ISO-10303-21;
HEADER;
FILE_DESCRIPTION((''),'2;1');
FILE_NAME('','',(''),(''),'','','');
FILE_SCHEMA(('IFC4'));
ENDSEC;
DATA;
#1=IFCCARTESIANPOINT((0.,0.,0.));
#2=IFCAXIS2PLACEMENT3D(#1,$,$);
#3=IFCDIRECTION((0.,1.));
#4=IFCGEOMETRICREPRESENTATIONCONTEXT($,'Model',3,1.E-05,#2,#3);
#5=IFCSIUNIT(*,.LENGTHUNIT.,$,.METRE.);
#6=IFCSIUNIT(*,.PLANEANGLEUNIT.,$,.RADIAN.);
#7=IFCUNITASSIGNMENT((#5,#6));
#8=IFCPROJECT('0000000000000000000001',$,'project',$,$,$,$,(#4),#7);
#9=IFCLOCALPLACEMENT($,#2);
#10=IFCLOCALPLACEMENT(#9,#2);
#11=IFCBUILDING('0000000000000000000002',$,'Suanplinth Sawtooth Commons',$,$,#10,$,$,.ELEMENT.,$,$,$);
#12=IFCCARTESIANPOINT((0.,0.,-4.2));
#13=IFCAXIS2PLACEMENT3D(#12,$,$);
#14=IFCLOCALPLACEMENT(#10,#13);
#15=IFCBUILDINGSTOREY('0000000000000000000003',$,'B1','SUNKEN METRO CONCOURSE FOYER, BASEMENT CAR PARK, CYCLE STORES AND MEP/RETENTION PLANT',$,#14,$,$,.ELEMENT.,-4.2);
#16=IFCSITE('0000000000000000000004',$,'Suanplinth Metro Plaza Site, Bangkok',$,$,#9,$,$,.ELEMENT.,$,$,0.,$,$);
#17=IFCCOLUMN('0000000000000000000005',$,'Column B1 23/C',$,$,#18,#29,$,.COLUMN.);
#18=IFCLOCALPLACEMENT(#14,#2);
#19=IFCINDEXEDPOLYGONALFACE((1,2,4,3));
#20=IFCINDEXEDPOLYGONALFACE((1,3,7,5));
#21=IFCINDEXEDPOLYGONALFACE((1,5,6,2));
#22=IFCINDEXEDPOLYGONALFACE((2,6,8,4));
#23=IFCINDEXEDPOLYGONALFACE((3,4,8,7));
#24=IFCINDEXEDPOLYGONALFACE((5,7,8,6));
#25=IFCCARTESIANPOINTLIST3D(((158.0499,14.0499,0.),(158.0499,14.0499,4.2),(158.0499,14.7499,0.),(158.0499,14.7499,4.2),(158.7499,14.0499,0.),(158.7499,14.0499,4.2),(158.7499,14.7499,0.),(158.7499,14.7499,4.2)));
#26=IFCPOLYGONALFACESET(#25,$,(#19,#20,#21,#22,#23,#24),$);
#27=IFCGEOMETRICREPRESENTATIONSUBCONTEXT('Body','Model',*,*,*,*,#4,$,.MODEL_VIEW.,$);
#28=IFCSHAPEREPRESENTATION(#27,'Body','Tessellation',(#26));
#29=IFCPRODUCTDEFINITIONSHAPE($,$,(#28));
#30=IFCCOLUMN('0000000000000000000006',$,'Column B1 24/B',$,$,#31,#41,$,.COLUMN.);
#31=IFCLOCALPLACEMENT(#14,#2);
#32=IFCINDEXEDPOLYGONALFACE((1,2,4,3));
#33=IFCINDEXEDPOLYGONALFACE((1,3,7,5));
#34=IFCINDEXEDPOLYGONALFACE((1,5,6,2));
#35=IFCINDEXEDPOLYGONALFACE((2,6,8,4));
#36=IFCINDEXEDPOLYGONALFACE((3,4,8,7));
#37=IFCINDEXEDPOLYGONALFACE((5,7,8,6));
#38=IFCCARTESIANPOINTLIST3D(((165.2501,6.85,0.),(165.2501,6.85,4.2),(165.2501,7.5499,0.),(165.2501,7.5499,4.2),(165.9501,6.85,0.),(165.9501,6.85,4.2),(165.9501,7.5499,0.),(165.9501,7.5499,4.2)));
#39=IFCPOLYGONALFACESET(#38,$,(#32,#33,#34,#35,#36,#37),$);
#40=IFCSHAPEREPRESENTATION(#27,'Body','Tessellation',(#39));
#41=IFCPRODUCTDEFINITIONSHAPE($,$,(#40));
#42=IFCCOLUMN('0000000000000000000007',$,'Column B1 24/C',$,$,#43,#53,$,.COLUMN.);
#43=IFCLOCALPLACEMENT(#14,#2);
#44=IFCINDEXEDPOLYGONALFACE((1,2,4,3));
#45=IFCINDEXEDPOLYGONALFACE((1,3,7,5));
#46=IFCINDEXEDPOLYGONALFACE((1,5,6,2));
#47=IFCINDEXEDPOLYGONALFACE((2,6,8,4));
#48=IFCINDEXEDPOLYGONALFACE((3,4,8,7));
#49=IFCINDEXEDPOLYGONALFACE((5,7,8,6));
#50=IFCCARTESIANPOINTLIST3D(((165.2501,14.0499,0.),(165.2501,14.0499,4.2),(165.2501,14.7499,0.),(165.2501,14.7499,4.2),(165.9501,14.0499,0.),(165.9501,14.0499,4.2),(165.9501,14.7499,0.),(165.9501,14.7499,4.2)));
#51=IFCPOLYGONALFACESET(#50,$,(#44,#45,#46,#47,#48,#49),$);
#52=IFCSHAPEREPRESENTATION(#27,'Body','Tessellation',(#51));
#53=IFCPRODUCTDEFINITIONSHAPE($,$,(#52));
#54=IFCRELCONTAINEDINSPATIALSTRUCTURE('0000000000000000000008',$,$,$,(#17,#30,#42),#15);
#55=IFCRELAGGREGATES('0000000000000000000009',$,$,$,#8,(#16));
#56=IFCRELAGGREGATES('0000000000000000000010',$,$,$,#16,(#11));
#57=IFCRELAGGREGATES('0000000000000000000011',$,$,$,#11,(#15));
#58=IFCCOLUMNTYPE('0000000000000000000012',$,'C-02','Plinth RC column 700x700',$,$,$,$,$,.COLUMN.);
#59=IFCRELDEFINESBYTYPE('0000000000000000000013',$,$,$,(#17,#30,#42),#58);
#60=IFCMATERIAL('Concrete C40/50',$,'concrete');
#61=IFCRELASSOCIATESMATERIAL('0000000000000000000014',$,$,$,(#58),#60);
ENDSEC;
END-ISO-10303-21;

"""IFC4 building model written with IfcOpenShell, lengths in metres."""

from ifc_helpers import new_model, si_unit, direction, frame, origin, origin_2d, place, context, subcontext, project, spatial, rectangle, extrude, material, material_profile, profile_set, type_object, element, save


model = new_model("IFC4")

# Units and contexts
model_context = context("Model", 3, precision=1e-05, world=origin(), true_north=direction((0.0, 1.0)))
body_context = subcontext(model_context, "Body", "Model", "MODEL_VIEW")
ifc_project = project(units=[si_unit("LENGTHUNIT", "METRE"), si_unit("PLANEANGLEUNIT", "RADIAN")], contexts=[model_context])

# Site, building, storey
site_placement = place(None, origin())
site = spatial("IfcSite", under=ifc_project, at=site_placement, Name="Suanplinth Metro Plaza Site, Bangkok", CompositionType="ELEMENT", RefElevation=0.0)
building_placement = place(site_placement, origin())
building = spatial("IfcBuilding", under=site, at=building_placement, Name="Suanplinth Sawtooth Commons", CompositionType="ELEMENT")
storey_placement = place(building_placement, frame((0.0, 0.0, -4.2)))
storey = spatial("IfcBuildingStorey", under=building, at=storey_placement, Name="B1", Description="SUNKEN METRO CONCOURSE FOYER, BASEMENT CAR PARK, CYCLE STORES AND MEP/RETENTION PLANT", CompositionType="ELEMENT", Elevation=-4.2)

# Columns
ifc_material_1 = material(Name="Concrete C40/50", Category="concrete")
ifc_material_profile_1 = material_profile(ifc_material_1, rectangle(XDim=0.7, YDim=0.7, at=origin_2d()), Name="RC-COL 700x700")
ifc_profile_set_1 = profile_set([ifc_material_profile_1], Name="Concrete C40/50")
column_type = type_object("IfcColumnType", Name="C-02", Description="Plinth RC column 700x700", PredefinedType="COLUMN", material=ifc_profile_set_1)
for number, where, z_axis, x_axis, name in (
    (1, (158.3999, 14.3999, 0.0), (0.0, 0.0, 1.0), (1.0, 0.0, 0.0), "Column B1 23/C"),
    (2, (165.6001, 7.2, 0.0), (0.0, 0.0, 1.0), (1.0, 0.0, 0.0), "Column B1 24/B"),
    (3, (165.6001, 14.3999, 0.0), (0.0, 0.0, 1.0), (1.0, 0.0, 0.0), "Column B1 24/C"),
):
    element("IfcColumn", number, at=place(storey_placement, frame(where, z_axis=z_axis, x_axis=x_axis)), inside=storey, type_object=column_type, Name=name, PredefinedType="COLUMN", context=body_context, shape_type="SweptSolid", body=[
        extrude(rectangle(XDim=0.7, YDim=0.7, at=origin_2d()), origin(), (0.0, 0.0, 1.0), 4.2),
    ])

save(model, "model.ifc")
